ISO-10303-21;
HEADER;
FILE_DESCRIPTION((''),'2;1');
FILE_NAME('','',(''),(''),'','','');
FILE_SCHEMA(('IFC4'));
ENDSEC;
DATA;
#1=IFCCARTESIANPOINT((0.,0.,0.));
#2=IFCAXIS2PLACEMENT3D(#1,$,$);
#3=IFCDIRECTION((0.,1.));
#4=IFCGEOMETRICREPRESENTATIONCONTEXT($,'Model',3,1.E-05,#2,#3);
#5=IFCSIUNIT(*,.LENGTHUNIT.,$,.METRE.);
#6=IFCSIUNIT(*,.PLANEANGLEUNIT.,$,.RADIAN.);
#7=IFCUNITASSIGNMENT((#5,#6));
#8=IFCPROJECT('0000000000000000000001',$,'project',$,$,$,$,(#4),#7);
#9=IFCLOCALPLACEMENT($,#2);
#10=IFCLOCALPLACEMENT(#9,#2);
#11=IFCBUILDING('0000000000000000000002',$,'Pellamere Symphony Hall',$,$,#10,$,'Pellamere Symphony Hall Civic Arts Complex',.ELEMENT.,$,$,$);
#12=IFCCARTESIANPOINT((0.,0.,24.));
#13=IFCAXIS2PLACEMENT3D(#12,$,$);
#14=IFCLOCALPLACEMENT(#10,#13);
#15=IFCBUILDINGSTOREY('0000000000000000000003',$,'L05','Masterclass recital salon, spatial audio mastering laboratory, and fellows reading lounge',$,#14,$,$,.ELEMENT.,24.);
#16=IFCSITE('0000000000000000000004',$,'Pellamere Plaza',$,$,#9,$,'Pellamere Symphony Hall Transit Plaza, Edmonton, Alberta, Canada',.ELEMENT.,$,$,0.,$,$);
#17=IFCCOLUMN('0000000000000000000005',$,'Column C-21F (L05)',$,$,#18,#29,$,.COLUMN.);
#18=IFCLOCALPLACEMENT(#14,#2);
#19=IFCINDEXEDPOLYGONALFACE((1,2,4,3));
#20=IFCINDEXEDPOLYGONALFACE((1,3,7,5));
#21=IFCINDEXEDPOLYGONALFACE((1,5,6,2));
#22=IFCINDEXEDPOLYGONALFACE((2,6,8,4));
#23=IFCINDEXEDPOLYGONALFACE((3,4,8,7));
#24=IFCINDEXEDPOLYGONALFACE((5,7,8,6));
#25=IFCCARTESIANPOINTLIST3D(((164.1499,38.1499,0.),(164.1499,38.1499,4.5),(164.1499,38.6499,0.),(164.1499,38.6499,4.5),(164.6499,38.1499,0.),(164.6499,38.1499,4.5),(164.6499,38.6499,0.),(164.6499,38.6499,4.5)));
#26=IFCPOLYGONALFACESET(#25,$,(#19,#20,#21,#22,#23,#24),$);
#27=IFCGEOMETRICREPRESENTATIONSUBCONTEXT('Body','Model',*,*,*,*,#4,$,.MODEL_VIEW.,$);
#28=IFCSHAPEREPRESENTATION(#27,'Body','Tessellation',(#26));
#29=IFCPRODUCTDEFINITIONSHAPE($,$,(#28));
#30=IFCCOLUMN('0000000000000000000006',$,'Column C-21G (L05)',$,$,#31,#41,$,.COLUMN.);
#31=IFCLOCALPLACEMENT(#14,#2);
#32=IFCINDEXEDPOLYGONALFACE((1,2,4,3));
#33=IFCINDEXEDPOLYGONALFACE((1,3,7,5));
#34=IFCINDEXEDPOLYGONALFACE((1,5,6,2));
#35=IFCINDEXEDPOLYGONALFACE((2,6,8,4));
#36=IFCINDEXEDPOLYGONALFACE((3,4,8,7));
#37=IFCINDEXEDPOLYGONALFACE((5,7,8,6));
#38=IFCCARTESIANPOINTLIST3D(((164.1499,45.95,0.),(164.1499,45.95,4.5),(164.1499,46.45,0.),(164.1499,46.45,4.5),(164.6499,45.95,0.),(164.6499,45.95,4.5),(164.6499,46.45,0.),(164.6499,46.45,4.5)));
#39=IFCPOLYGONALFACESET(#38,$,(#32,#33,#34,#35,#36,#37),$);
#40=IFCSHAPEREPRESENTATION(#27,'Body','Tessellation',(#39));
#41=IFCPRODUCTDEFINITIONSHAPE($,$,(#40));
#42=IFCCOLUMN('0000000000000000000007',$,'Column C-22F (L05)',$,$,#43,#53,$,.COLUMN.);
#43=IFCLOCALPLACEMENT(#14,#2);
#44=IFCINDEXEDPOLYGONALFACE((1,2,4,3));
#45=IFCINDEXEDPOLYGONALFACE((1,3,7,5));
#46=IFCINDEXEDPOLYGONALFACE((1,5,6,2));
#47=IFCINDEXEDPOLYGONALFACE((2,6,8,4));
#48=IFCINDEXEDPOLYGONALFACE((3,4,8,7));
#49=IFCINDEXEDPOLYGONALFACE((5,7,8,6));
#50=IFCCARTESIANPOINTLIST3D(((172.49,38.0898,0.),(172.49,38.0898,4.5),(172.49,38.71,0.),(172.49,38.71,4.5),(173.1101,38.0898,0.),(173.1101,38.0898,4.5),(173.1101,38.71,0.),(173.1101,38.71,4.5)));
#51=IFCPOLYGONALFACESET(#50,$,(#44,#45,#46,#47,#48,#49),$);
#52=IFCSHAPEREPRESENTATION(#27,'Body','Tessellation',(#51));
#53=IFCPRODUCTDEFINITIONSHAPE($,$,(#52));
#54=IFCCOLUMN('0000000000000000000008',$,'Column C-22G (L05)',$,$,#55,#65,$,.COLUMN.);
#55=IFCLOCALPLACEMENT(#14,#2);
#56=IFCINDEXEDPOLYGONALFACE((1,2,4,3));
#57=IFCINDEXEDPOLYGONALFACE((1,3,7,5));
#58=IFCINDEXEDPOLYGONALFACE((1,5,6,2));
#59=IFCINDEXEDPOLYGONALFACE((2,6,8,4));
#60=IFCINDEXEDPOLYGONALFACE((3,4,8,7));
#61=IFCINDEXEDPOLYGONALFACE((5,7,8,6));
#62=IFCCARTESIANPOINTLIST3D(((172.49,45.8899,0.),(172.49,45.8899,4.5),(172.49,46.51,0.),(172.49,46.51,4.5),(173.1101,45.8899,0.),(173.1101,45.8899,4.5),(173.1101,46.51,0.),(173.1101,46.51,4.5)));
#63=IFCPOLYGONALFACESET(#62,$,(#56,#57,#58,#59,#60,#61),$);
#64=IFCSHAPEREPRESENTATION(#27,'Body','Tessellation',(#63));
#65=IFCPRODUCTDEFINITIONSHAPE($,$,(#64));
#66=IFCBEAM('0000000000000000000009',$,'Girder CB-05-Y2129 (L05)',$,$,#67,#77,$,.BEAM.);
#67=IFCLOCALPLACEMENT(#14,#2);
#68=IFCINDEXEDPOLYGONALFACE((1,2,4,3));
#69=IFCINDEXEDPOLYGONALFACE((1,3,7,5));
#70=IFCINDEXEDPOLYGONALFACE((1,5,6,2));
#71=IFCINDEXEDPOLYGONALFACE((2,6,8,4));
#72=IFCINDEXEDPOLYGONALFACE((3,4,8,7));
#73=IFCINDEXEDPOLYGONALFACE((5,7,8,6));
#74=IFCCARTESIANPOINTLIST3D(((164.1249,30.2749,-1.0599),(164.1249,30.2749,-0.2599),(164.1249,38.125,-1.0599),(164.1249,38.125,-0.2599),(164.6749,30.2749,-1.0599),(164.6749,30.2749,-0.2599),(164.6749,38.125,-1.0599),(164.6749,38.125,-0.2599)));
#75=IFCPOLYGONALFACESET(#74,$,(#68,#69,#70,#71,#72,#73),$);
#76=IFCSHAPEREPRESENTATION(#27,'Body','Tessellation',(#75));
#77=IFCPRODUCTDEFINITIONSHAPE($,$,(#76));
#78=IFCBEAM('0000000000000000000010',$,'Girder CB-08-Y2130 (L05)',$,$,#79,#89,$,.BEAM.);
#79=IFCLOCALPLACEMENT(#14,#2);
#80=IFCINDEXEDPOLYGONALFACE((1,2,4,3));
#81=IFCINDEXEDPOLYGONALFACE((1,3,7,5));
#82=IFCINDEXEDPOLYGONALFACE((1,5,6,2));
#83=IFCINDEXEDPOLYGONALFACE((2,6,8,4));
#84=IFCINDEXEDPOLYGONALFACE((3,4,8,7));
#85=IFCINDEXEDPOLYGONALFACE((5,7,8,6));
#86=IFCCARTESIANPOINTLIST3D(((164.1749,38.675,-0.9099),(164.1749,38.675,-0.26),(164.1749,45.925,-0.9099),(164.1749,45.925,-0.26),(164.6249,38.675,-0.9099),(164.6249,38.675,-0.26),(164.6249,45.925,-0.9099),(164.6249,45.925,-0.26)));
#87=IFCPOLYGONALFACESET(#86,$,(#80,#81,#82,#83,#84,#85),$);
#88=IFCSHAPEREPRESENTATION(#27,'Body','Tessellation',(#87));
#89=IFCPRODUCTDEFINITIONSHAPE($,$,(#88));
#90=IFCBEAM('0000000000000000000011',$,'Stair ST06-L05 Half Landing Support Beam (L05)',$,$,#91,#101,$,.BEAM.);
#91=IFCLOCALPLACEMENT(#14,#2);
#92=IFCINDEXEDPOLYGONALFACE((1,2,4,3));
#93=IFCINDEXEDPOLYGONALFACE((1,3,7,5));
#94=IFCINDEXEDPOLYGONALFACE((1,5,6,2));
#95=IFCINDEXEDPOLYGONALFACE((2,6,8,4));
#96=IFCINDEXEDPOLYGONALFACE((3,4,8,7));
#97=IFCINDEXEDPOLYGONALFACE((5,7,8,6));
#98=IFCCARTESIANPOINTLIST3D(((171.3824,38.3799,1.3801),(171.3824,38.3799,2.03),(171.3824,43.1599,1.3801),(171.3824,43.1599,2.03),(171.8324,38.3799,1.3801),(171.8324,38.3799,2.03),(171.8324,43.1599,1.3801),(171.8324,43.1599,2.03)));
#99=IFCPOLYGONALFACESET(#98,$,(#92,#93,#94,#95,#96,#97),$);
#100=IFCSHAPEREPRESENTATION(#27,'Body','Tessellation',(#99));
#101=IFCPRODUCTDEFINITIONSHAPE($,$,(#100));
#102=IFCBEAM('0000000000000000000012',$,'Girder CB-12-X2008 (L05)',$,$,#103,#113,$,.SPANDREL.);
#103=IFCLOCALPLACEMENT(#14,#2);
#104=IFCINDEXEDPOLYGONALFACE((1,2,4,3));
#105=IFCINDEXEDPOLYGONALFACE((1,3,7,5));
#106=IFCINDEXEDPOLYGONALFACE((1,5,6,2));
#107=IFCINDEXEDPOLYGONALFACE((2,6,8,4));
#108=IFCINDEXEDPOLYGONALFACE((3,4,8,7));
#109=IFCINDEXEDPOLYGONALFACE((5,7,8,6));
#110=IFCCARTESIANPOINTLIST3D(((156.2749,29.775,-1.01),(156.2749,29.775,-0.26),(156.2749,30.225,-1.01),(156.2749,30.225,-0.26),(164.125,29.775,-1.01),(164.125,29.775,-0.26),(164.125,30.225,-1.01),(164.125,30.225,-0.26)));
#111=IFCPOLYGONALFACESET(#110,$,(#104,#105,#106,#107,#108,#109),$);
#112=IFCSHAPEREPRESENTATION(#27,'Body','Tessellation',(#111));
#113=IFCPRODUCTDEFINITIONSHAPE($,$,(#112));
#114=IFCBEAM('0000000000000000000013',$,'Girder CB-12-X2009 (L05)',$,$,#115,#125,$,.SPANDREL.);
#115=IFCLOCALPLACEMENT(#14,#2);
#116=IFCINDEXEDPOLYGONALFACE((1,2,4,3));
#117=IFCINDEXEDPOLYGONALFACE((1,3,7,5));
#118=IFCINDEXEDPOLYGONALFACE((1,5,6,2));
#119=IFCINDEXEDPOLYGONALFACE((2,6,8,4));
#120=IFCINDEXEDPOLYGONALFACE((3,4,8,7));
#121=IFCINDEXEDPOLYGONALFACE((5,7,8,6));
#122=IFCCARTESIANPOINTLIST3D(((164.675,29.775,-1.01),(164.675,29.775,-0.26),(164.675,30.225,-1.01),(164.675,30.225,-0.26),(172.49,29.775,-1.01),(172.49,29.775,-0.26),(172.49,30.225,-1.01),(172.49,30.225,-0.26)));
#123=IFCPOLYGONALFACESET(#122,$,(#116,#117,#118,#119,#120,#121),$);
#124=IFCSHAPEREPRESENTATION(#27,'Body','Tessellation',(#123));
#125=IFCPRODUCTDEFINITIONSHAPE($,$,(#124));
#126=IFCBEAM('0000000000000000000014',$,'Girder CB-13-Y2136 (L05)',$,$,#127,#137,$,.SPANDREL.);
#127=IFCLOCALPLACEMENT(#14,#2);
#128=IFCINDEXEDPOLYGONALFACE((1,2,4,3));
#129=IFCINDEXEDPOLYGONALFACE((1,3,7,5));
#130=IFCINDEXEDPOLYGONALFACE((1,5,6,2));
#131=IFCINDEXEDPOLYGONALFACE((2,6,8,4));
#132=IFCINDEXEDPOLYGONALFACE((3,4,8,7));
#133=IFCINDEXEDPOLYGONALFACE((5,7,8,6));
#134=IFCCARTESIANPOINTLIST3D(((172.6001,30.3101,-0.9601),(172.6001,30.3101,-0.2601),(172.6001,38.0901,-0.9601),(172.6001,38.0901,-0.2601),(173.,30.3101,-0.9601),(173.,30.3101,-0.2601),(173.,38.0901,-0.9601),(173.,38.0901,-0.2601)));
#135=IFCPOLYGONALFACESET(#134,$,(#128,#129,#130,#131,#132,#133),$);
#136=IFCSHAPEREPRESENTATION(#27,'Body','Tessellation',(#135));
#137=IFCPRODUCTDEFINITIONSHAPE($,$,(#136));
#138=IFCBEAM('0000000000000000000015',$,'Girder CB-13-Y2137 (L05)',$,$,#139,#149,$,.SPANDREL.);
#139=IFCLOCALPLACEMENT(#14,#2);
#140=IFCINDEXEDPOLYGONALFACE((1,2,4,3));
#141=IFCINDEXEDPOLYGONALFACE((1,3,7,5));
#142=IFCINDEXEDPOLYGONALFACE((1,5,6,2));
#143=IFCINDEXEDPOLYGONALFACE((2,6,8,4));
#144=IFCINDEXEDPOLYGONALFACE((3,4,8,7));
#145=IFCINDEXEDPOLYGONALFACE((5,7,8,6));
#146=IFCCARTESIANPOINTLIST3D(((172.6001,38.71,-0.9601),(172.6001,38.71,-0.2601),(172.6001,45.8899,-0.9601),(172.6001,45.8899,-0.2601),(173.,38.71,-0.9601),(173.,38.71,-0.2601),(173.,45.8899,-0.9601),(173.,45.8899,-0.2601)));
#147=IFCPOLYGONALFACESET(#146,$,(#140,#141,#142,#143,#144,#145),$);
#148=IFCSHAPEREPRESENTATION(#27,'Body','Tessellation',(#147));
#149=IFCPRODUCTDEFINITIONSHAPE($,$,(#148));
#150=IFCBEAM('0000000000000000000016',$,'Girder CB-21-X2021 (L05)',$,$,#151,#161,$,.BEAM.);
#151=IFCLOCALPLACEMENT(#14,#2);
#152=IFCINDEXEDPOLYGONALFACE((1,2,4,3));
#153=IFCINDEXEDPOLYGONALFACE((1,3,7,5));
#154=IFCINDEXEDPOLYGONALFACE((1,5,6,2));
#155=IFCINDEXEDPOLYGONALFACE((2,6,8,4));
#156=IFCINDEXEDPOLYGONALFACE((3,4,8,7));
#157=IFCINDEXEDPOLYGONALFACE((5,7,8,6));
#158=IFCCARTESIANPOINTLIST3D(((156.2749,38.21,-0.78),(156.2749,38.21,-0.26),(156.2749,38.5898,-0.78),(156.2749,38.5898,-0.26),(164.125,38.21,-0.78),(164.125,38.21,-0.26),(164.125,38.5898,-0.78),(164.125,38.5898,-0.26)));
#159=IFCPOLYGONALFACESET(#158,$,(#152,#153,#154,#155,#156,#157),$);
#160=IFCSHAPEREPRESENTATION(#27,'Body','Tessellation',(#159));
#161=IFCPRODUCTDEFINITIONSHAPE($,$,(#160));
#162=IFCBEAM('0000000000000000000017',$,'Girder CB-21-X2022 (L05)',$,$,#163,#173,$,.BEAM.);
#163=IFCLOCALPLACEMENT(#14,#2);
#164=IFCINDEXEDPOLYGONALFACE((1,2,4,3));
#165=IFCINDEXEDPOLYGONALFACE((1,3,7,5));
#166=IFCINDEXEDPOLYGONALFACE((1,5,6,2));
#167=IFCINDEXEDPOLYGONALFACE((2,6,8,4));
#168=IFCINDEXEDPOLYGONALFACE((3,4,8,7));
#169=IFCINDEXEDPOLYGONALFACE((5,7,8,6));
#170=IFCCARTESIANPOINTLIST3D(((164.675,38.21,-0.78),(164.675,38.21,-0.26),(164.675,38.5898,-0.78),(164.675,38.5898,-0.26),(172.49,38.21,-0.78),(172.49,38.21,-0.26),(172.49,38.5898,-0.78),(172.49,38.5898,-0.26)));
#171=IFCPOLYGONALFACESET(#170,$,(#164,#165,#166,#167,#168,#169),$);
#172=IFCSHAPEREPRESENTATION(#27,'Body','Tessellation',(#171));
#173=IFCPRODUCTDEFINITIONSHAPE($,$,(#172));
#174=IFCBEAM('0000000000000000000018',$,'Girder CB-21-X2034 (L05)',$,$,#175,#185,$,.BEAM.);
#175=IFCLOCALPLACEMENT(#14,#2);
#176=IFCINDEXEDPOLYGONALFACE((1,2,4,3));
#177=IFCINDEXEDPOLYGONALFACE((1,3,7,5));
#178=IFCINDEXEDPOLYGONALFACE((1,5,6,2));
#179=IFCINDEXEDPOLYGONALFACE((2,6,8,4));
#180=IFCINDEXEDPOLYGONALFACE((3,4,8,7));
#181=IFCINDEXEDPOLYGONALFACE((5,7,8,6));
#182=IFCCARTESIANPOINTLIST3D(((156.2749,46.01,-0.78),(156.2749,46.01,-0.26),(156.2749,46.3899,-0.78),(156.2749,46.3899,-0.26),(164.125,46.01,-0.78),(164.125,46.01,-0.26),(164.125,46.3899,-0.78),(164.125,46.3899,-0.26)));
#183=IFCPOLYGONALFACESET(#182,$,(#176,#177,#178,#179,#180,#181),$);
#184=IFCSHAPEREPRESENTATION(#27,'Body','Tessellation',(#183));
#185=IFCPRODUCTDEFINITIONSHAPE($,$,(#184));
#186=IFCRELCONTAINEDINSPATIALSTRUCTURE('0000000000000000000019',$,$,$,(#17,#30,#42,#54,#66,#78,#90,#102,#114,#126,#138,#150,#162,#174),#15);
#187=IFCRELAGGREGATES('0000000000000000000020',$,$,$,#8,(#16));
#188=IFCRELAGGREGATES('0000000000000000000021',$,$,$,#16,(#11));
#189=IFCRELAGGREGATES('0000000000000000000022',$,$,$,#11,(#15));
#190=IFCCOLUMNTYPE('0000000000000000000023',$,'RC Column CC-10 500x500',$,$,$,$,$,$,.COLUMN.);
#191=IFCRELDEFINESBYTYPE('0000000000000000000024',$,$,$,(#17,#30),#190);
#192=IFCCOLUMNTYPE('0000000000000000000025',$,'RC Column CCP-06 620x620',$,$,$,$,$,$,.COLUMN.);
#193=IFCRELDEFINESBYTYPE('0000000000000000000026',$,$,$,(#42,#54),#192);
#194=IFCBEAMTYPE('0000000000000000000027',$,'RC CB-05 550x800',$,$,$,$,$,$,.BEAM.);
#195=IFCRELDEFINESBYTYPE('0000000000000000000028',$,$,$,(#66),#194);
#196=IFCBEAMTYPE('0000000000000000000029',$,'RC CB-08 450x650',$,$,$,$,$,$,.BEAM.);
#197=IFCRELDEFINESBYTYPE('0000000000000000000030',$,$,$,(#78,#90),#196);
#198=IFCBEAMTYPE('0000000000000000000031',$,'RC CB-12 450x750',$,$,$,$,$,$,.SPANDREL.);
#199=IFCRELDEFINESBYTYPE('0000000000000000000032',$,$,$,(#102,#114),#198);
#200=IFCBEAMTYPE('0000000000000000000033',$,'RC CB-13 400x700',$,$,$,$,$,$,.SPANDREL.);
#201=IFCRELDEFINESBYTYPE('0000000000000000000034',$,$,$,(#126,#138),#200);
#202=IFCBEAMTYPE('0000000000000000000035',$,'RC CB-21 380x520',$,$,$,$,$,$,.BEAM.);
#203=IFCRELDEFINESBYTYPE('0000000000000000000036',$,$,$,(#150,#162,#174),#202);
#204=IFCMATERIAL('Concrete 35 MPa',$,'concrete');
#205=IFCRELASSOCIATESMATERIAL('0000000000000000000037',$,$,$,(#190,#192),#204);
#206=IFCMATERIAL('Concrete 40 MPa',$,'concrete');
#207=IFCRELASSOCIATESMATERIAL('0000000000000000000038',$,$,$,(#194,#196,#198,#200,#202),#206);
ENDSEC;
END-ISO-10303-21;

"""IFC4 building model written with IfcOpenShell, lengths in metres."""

from ifc_helpers import new_model, si_unit, direction, frame, origin, origin_2d, place, context, subcontext, project, spatial, rectangle, extrude, material, material_profile, profile_set, type_object, element, save


model = new_model("IFC4")

# Units and contexts
model_context = context("Model", 3, precision=1e-05, world=origin(), true_north=direction((0.0, 1.0)))
body_context = subcontext(model_context, "Body", "Model", "MODEL_VIEW")
ifc_project = project(units=[si_unit("LENGTHUNIT", "METRE"), si_unit("PLANEANGLEUNIT", "RADIAN")], contexts=[model_context])

# Site, building, storey
site_placement = place(None, origin())
site = spatial("IfcSite", under=ifc_project, at=site_placement, Name="Pellamere Plaza", LongName="Pellamere Symphony Hall Transit Plaza, Edmonton, Alberta, Canada", CompositionType="ELEMENT", RefElevation=0.0)
building_placement = place(site_placement, origin())
building = spatial("IfcBuilding", under=site, at=building_placement, Name="Pellamere Symphony Hall", LongName="Pellamere Symphony Hall Civic Arts Complex", CompositionType="ELEMENT")
storey_placement = place(building_placement, frame((0.0, 0.0, 24.0)))
storey = spatial("IfcBuildingStorey", under=building, at=storey_placement, Name="L05", Description="Masterclass recital salon, spatial audio mastering laboratory, and fellows reading lounge", CompositionType="ELEMENT", Elevation=24.0)

# Columns
ifc_material_1 = material(Name="Concrete 35 MPa", Category="concrete")
ifc_material_profile_1 = material_profile(ifc_material_1, rectangle(XDim=0.5, YDim=0.5, at=origin_2d()), Name="RC 500x500")
ifc_profile_set_1 = profile_set([ifc_material_profile_1], Name="Concrete 35 MPa")
column_type_1 = type_object("IfcColumnType", Name="RC Column CC-10 500x500", PredefinedType="COLUMN", material=ifc_profile_set_1)
for number, where, z_axis, x_axis, name in (
    (1, (164.3999, 38.3999, 0.0), (0.0, 0.0, 1.0), (1.0, 0.0, 0.0), "Column C-21F (L05)"),
    (2, (164.3999, 46.2, 0.0), (0.0, 0.0, 1.0), (1.0, 0.0, 0.0), "Column C-21G (L05)"),
):
    element("IfcColumn", number, at=place(storey_placement, frame(where, z_axis=z_axis, x_axis=x_axis)), inside=storey, type_object=column_type_1, Name=name, PredefinedType="COLUMN", context=body_context, shape_type="SweptSolid", body=[
        extrude(rectangle(XDim=0.5, YDim=0.5, at=origin_2d()), origin(), (0.0, 0.0, 1.0), 4.5),
    ])
ifc_material_profile_2 = material_profile(ifc_material_1, rectangle(XDim=0.6201, YDim=0.6201, at=origin_2d()), Name="RC 620x620")
ifc_profile_set_2 = profile_set([ifc_material_profile_2], Name="Concrete 35 MPa")
column_type_2 = type_object("IfcColumnType", Name="RC Column CCP-06 620x620", PredefinedType="COLUMN", material=ifc_profile_set_2)
for number, where, z_axis, x_axis, name in (
    (3, (172.8, 38.3999, 0.0), (0.0, 0.0, 1.0), (1.0, 0.0, 0.0), "Column C-22F (L05)"),
    (4, (172.8, 46.2, 0.0), (0.0, 0.0, 1.0), (1.0, 0.0, 0.0), "Column C-22G (L05)"),
):
    element("IfcColumn", number, at=place(storey_placement, frame(where, z_axis=z_axis, x_axis=x_axis)), inside=storey, type_object=column_type_2, Name=name, PredefinedType="COLUMN", context=body_context, shape_type="SweptSolid", body=[
        extrude(rectangle(XDim=0.6201, YDim=0.6201, at=origin_2d()), origin(), (0.0, 0.0, 1.0), 4.5),
    ])

# Beams
ifc_material_2 = material(Name="Concrete 40 MPa", Category="concrete")
ifc_material_profile_3 = material_profile(ifc_material_2, rectangle(XDim=0.55, YDim=0.8, at=origin_2d()), Name="RC 550x800")
ifc_profile_set_3 = profile_set([ifc_material_profile_3], Name="Concrete 40 MPa")
beam_type_1 = type_object("IfcBeamType", Name="RC CB-05 550x800", PredefinedType="BEAM", material=ifc_profile_set_3)
beam_1_placement = place(storey_placement, frame((164.3999, 30.2749, -0.6599), z_axis=(0.0, 1.0, 0.0), x_axis=(-1.0, 0.0, 0.0)))
element("IfcBeam", 5, at=beam_1_placement, inside=storey, type_object=beam_type_1, Name="Girder CB-05-Y2129 (L05)", PredefinedType="BEAM", context=body_context, shape_type="SweptSolid", body=[
    extrude(rectangle(XDim=0.55, YDim=0.8, at=origin_2d()), origin(), (0.0, 0.0, 1.0), 7.8501),
])
ifc_material_profile_4 = material_profile(ifc_material_2, rectangle(XDim=0.45, YDim=0.6499, at=origin_2d()), Name="RC 450x650")
ifc_profile_set_4 = profile_set([ifc_material_profile_4], Name="Concrete 40 MPa")
beam_type_2 = type_object("IfcBeamType", Name="RC CB-08 450x650", PredefinedType="BEAM", material=ifc_profile_set_4)
beam_2_placement = place(storey_placement, frame((164.3999, 38.675, -0.585), z_axis=(0.0, 1.0, 0.0), x_axis=(-1.0, 0.0, 0.0)))
element("IfcBeam", 6, at=beam_2_placement, inside=storey, type_object=beam_type_2, Name="Girder CB-08-Y2130 (L05)", PredefinedType="BEAM", context=body_context, shape_type="SweptSolid", body=[
    extrude(rectangle(XDim=0.45, YDim=0.6499, at=origin_2d()), origin(), (0.0, 0.0, 1.0), 7.25),
])
beam_3_placement = place(storey_placement, frame((171.6074, 38.3799, 1.7051), z_axis=(0.0, 1.0, 0.0), x_axis=(-1.0, 0.0, 0.0)))
element("IfcBeam", 7, at=beam_3_placement, inside=storey, type_object=beam_type_2, Name="Stair ST06-L05 Half Landing Support Beam (L05)", PredefinedType="BEAM", context=body_context, shape_type="SweptSolid", body=[
    extrude(rectangle(XDim=0.45, YDim=0.6499, at=origin_2d()), origin(), (0.0, 0.0, 1.0), 4.78),
])
ifc_material_profile_5 = material_profile(ifc_material_2, rectangle(XDim=0.45, YDim=0.75, at=origin_2d()), Name="RC 450x750")
ifc_profile_set_5 = profile_set([ifc_material_profile_5], Name="Concrete 40 MPa")
beam_type_3 = type_object("IfcBeamType", Name="RC CB-12 450x750", PredefinedType="SPANDREL", material=ifc_profile_set_5)
beam_4_placement = place(storey_placement, frame((156.2749, 30.0, -0.635), z_axis=(1.0, 0.0, 0.0), x_axis=(0.0, 1.0, 0.0)))
element("IfcBeam", 8, at=beam_4_placement, inside=storey, type_object=beam_type_3, Name="Girder CB-12-X2008 (L05)", PredefinedType="SPANDREL", context=body_context, shape_type="SweptSolid", body=[
    extrude(rectangle(XDim=0.45, YDim=0.75, at=origin_2d()), origin(), (0.0, 0.0, 1.0), 7.8501),
])
beam_5_placement = place(storey_placement, frame((164.675, 30.0, -0.635), z_axis=(1.0, 0.0, 0.0), x_axis=(0.0, 1.0, 0.0)))
element("IfcBeam", 9, at=beam_5_placement, inside=storey, type_object=beam_type_3, Name="Girder CB-12-X2009 (L05)", PredefinedType="SPANDREL", context=body_context, shape_type="SweptSolid", body=[
    extrude(rectangle(XDim=0.45, YDim=0.75, at=origin_2d()), origin(), (0.0, 0.0, 1.0), 7.8149),
])
ifc_material_profile_6 = material_profile(ifc_material_2, rectangle(XDim=0.3999, YDim=0.7, at=origin_2d()), Name="RC 400x700")
ifc_profile_set_6 = profile_set([ifc_material_profile_6], Name="Concrete 40 MPa")
beam_type_4 = type_object("IfcBeamType", Name="RC CB-13 400x700", PredefinedType="SPANDREL", material=ifc_profile_set_6)
beam_6_placement = place(storey_placement, frame((172.8, 30.3101, -0.6101), z_axis=(0.0, 1.0, 0.0), x_axis=(-1.0, 0.0, 0.0)))
element("IfcBeam", 10, at=beam_6_placement, inside=storey, type_object=beam_type_4, Name="Girder CB-13-Y2136 (L05)", PredefinedType="SPANDREL", context=body_context, shape_type="SweptSolid", body=[
    extrude(rectangle(XDim=0.3999, YDim=0.7, at=origin_2d()), origin(), (0.0, 0.0, 1.0), 7.78),
])
beam_7_placement = place(storey_placement, frame((172.8, 38.71, -0.6101), z_axis=(0.0, 1.0, 0.0), x_axis=(-1.0, 0.0, 0.0)))
element("IfcBeam", 11, at=beam_7_placement, inside=storey, type_object=beam_type_4, Name="Girder CB-13-Y2137 (L05)", PredefinedType="SPANDREL", context=body_context, shape_type="SweptSolid", body=[
    extrude(rectangle(XDim=0.3999, YDim=0.7, at=origin_2d()), origin(), (0.0, 0.0, 1.0), 7.1799),
])
ifc_material_profile_7 = material_profile(ifc_material_2, rectangle(XDim=0.3799, YDim=0.52, at=origin_2d()), Name="RC 380x520")
ifc_profile_set_7 = profile_set([ifc_material_profile_7], Name="Concrete 40 MPa")
beam_type_5 = type_object("IfcBeamType", Name="RC CB-21 380x520", PredefinedType="BEAM", material=ifc_profile_set_7)
beam_8_placement = place(storey_placement, frame((156.2749, 38.3999, -0.52), z_axis=(1.0, 0.0, 0.0), x_axis=(0.0, 1.0, 0.0)))
element("IfcBeam", 12, at=beam_8_placement, inside=storey, type_object=beam_type_5, Name="Girder CB-21-X2021 (L05)", PredefinedType="BEAM", context=body_context, shape_type="SweptSolid", body=[
    extrude(rectangle(XDim=0.3799, YDim=0.52, at=origin_2d()), origin(), (0.0, 0.0, 1.0), 7.8501),
])
beam_9_placement = place(storey_placement, frame((164.675, 38.3999, -0.52), z_axis=(1.0, 0.0, 0.0), x_axis=(0.0, 1.0, 0.0)))
element("IfcBeam", 13, at=beam_9_placement, inside=storey, type_object=beam_type_5, Name="Girder CB-21-X2022 (L05)", PredefinedType="BEAM", context=body_context, shape_type="SweptSolid", body=[
    extrude(rectangle(XDim=0.3799, YDim=0.52, at=origin_2d()), origin(), (0.0, 0.0, 1.0), 7.8149),
])
beam_10_placement = place(storey_placement, frame((156.2749, 46.2, -0.52), z_axis=(1.0, 0.0, 0.0), x_axis=(0.0, 1.0, 0.0)))
element("IfcBeam", 14, at=beam_10_placement, inside=storey, type_object=beam_type_5, Name="Girder CB-21-X2034 (L05)", PredefinedType="BEAM", context=body_context, shape_type="SweptSolid", body=[
    extrude(rectangle(XDim=0.3799, YDim=0.52, at=origin_2d()), origin(), (0.0, 0.0, 1.0), 7.8501),
])

save(model, "model.ifc")
